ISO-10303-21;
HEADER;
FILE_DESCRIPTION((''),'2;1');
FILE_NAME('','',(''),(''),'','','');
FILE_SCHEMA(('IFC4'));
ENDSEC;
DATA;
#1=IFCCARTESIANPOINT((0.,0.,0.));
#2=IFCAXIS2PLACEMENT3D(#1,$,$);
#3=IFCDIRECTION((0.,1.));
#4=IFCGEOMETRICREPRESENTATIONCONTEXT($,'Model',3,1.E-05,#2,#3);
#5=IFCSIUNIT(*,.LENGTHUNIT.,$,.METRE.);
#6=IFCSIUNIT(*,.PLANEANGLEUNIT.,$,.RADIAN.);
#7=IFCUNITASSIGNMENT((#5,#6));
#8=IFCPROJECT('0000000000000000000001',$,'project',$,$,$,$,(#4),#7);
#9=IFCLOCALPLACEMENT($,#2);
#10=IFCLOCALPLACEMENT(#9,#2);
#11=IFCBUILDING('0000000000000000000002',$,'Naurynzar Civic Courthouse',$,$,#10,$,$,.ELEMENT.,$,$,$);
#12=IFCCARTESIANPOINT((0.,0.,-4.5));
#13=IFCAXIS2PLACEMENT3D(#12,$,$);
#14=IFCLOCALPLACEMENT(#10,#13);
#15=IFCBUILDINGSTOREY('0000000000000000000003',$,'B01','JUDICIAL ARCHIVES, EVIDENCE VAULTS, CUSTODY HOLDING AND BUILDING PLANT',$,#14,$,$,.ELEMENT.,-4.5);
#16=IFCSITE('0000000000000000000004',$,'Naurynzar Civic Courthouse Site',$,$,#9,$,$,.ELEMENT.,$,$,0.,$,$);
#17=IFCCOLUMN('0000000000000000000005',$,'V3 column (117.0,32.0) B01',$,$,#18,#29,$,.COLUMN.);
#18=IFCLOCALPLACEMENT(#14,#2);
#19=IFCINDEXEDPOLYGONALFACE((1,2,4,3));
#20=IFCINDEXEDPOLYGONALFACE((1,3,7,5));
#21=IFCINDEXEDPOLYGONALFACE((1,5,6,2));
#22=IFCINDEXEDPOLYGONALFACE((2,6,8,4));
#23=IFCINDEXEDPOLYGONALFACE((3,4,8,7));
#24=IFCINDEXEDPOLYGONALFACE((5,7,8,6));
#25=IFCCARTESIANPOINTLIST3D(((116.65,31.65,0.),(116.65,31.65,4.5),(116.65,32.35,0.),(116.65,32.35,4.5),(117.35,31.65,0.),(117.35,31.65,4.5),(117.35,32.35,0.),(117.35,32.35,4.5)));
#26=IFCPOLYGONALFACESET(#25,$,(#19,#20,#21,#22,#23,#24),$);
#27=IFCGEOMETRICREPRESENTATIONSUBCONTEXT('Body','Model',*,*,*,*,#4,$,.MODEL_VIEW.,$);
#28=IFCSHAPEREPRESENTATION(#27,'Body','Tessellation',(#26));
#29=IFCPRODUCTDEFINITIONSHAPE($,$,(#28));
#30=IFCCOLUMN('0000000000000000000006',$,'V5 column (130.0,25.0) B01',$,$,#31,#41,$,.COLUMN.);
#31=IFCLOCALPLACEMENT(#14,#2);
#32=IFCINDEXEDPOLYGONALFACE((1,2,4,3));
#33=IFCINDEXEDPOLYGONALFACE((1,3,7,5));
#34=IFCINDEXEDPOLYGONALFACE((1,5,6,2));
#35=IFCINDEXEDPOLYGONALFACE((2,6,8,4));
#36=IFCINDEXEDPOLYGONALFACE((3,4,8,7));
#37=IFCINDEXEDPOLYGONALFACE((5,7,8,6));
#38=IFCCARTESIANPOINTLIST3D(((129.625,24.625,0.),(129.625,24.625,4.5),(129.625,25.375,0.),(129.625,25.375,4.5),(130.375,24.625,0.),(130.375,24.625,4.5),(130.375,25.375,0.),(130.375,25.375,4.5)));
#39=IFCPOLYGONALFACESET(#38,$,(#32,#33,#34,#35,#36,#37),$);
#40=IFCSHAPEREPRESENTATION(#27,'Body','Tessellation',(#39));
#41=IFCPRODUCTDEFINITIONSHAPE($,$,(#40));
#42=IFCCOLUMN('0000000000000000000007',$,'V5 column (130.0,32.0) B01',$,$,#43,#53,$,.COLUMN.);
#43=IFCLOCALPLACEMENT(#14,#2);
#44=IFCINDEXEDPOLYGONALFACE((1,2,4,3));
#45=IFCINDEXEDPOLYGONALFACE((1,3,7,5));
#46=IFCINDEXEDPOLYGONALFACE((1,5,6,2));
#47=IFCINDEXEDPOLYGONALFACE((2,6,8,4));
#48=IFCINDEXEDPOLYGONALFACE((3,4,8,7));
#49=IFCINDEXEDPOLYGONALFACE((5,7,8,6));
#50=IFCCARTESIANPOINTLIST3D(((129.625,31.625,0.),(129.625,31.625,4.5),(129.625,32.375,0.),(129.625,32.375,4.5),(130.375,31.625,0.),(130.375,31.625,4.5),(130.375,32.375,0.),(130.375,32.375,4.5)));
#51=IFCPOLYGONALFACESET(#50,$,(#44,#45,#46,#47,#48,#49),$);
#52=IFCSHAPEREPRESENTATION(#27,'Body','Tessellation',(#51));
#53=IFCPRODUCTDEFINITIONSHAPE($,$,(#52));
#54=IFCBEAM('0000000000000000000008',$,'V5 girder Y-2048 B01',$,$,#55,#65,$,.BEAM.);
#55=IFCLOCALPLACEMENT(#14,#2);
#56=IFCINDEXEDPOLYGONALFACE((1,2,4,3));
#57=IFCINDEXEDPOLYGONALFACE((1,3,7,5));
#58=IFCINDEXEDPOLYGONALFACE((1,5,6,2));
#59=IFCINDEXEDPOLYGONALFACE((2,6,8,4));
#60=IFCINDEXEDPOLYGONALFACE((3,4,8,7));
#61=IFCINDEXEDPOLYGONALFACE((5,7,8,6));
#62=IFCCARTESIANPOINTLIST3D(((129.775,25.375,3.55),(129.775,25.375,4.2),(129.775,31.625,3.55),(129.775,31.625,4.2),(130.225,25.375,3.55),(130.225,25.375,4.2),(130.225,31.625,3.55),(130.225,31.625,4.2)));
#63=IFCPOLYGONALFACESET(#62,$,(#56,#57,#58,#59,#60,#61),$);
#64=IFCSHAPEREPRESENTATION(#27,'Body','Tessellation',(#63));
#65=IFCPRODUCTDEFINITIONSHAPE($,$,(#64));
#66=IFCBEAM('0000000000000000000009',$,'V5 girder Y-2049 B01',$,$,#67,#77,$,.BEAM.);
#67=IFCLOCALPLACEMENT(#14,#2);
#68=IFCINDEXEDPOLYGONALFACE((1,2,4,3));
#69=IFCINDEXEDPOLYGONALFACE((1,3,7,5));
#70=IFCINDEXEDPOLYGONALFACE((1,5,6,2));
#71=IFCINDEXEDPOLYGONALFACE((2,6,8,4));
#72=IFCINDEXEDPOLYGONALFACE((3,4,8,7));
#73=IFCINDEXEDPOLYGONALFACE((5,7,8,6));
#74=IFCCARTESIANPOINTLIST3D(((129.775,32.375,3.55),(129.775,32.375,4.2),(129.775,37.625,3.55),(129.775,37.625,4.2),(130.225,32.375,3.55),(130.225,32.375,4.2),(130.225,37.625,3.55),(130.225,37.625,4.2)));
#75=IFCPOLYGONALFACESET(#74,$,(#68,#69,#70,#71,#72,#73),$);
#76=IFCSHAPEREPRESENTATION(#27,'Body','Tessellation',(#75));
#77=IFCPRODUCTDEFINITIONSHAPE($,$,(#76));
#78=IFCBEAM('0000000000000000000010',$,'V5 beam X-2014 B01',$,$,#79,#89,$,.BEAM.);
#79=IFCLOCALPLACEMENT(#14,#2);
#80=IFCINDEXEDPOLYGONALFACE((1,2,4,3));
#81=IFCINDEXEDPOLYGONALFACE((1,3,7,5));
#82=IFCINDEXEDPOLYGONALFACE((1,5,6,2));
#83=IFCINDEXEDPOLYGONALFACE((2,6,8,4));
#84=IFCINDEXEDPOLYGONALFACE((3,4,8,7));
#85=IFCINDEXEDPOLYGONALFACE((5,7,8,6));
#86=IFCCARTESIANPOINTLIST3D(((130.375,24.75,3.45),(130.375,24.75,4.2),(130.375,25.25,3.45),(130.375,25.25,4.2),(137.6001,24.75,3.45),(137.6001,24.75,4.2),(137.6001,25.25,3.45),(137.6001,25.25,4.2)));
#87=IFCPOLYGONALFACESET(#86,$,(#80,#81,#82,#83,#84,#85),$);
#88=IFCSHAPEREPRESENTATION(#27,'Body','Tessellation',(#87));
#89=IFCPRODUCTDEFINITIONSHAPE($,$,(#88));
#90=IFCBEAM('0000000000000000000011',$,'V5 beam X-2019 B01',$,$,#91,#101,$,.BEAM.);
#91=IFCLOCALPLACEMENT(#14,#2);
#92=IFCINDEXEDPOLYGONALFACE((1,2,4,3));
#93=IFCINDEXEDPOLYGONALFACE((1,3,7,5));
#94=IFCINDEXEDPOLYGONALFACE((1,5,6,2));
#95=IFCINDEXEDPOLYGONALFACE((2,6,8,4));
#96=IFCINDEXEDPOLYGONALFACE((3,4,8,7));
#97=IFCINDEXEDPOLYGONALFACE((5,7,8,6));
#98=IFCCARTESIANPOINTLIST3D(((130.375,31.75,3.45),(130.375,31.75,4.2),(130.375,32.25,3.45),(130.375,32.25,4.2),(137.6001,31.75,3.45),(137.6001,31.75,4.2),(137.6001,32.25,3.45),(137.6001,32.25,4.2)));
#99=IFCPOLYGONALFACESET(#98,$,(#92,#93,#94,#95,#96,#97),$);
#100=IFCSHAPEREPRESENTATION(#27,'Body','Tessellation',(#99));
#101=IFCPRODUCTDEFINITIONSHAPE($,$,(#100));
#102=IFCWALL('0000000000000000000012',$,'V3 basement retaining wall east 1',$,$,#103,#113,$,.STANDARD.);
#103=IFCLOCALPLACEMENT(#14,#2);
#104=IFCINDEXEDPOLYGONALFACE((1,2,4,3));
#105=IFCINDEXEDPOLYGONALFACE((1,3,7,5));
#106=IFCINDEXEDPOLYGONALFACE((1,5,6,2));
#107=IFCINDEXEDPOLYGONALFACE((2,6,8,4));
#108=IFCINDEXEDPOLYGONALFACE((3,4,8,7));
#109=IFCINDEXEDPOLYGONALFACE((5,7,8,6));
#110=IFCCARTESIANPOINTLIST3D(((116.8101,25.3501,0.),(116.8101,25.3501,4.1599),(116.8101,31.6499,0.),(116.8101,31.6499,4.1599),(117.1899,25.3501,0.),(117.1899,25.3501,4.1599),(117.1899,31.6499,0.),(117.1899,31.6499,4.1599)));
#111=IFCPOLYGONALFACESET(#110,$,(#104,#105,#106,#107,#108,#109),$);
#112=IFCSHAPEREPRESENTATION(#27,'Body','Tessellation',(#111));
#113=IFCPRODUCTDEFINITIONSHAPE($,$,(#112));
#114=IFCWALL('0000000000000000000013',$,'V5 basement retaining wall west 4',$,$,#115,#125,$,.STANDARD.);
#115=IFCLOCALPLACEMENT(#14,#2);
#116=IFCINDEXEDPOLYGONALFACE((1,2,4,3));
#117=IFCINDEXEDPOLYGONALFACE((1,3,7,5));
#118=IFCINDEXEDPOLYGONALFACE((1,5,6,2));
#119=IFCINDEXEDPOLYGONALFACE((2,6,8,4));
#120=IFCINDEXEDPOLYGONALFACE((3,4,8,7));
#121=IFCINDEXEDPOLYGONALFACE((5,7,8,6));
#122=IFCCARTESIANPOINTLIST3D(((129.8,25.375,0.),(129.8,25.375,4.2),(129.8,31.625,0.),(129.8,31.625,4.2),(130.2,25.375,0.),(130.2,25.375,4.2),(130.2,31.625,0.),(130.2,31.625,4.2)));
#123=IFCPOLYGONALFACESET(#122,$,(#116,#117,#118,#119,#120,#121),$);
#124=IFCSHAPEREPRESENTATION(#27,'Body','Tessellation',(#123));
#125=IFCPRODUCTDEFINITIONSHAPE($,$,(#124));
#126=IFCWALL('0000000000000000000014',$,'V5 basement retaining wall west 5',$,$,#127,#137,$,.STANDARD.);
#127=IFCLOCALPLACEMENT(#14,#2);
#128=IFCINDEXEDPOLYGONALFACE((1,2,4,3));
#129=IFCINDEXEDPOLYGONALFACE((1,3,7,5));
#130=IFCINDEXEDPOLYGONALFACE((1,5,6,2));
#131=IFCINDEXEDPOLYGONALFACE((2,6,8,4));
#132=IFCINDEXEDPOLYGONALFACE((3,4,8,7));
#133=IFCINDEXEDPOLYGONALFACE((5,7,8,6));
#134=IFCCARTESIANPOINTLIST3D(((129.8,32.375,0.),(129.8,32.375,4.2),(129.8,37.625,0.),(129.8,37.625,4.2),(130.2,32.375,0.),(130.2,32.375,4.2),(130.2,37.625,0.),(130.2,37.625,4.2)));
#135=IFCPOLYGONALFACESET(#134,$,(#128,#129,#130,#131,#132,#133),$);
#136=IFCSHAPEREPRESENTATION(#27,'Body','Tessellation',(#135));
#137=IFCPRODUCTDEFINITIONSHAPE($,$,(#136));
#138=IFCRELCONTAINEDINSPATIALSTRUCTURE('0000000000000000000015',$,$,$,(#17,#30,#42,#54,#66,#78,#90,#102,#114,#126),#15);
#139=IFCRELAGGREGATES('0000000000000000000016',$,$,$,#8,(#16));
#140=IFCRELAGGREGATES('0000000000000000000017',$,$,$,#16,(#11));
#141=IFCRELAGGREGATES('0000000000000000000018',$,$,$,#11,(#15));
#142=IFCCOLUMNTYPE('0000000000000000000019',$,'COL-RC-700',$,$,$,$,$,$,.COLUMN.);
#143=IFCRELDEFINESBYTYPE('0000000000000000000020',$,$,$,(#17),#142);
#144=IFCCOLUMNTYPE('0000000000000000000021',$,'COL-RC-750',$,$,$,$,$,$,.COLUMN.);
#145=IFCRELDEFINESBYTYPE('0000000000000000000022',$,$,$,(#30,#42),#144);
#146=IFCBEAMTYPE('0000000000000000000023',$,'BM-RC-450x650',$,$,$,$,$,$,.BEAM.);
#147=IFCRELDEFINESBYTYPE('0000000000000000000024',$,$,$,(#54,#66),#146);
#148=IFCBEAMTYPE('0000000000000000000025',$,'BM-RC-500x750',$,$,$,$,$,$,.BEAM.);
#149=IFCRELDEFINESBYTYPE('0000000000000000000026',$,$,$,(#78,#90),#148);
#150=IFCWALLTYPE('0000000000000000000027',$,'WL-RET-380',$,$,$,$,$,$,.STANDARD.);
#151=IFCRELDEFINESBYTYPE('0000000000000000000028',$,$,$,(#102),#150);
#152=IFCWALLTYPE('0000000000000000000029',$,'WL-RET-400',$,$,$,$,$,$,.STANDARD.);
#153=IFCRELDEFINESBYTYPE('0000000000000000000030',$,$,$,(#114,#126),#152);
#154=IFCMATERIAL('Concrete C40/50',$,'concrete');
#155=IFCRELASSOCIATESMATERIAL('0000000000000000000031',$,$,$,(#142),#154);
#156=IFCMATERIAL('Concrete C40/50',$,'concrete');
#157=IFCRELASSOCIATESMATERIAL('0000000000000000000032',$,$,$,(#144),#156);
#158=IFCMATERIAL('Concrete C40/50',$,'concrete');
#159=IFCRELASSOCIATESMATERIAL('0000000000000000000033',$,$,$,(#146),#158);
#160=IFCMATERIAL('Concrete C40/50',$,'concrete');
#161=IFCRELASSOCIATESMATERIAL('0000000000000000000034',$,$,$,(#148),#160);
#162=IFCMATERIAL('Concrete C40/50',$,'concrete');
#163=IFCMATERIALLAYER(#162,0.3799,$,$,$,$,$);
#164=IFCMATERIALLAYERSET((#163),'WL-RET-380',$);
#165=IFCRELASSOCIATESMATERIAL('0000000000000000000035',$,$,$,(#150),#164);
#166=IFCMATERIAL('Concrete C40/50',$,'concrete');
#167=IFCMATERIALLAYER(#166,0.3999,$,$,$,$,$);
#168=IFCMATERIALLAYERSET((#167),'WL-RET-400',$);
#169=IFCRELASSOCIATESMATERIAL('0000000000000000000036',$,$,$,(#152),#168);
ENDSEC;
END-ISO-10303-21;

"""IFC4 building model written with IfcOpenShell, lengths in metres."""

from ifc_helpers import new_model, si_unit, direction, frame, frame_2d, origin, origin_2d, place, context, subcontext, project, spatial, rectangle, extrude, material, layer, layer_set, material_profile, profile_set, type_object, element, save


model = new_model("IFC4")

# Units and contexts
model_context = context("Model", 3, precision=1e-05, world=origin(), true_north=direction((0.0, 1.0)))
body_context = subcontext(model_context, "Body", "Model", "MODEL_VIEW")
ifc_project = project(units=[si_unit("LENGTHUNIT", "METRE"), si_unit("PLANEANGLEUNIT", "RADIAN")], contexts=[model_context])

# Site, building, storey
site_placement = place(None, origin())
site = spatial("IfcSite", under=ifc_project, at=site_placement, Name="Naurynzar Civic Courthouse Site", CompositionType="ELEMENT", RefElevation=0.0)
building_placement = place(site_placement, origin())
building = spatial("IfcBuilding", under=site, at=building_placement, Name="Naurynzar Civic Courthouse", CompositionType="ELEMENT")
storey_placement = place(building_placement, frame((0.0, 0.0, -4.5)))
storey = spatial("IfcBuildingStorey", under=building, at=storey_placement, Name="B01", Description="JUDICIAL ARCHIVES, EVIDENCE VAULTS, CUSTODY HOLDING AND BUILDING PLANT", CompositionType="ELEMENT", Elevation=-4.5)

# Columns
ifc_material_1 = material(Name="Concrete C40/50", Category="concrete")
ifc_material_profile_1 = material_profile(ifc_material_1, rectangle(XDim=0.7, YDim=0.7, at=origin_2d()), Name="RC 700x700")
ifc_profile_set_1 = profile_set([ifc_material_profile_1], Name="Concrete C40/50")
column_type_1 = type_object("IfcColumnType", Name="COL-RC-700", PredefinedType="COLUMN", material=ifc_profile_set_1)
column_placement = place(storey_placement, frame((117.0, 32.0, 0.0), z_axis=(0.0, 0.0, 1.0), x_axis=(1.0, 0.0, 0.0)))
element("IfcColumn", 1, at=column_placement, inside=storey, type_object=column_type_1, Name="V3 column (117.0,32.0) B01", PredefinedType="COLUMN", context=body_context, shape_type="SweptSolid", body=[
    extrude(rectangle(XDim=0.7, YDim=0.7, at=origin_2d()), origin(), (0.0, 0.0, 1.0), 4.5),
])
ifc_material_2 = material(Name="Concrete C40/50", Category="concrete")
ifc_material_profile_2 = material_profile(ifc_material_2, rectangle(XDim=0.75, YDim=0.75, at=origin_2d()), Name="RC 750x750")
ifc_profile_set_2 = profile_set([ifc_material_profile_2], Name="Concrete C40/50")
column_type_2 = type_object("IfcColumnType", Name="COL-RC-750", PredefinedType="COLUMN", material=ifc_profile_set_2)
for number, where, z_axis, x_axis, name in (
    (2, (130.0, 25.0, 0.0), (0.0, 0.0, 1.0), (1.0, 0.0, 0.0), "V5 column (130.0,25.0) B01"),
    (3, (130.0, 32.0, 0.0), (0.0, 0.0, 1.0), (1.0, 0.0, 0.0), "V5 column (130.0,32.0) B01"),
):
    element("IfcColumn", number, at=place(storey_placement, frame(where, z_axis=z_axis, x_axis=x_axis)), inside=storey, type_object=column_type_2, Name=name, PredefinedType="COLUMN", context=body_context, shape_type="SweptSolid", body=[
        extrude(rectangle(XDim=0.75, YDim=0.75, at=origin_2d()), origin(), (0.0, 0.0, 1.0), 4.5),
    ])

# Beams
ifc_material_3 = material(Name="Concrete C40/50", Category="concrete")
ifc_material_profile_3 = material_profile(ifc_material_3, rectangle(XDim=0.45, YDim=0.6499, at=origin_2d()), Name="RCB 450x650")
ifc_profile_set_3 = profile_set([ifc_material_profile_3], Name="Concrete C40/50")
beam_type_1 = type_object("IfcBeamType", Name="BM-RC-450x650", PredefinedType="BEAM", material=ifc_profile_set_3)
beam_1_placement = place(storey_placement, frame((130.0, 25.375, 3.875), z_axis=(0.0, 1.0, 0.0), x_axis=(-1.0, 0.0, 0.0)))
element("IfcBeam", 4, at=beam_1_placement, inside=storey, type_object=beam_type_1, Name="V5 girder Y-2048 B01", PredefinedType="BEAM", context=body_context, shape_type="SweptSolid", body=[
    extrude(rectangle(XDim=0.45, YDim=0.6499, at=origin_2d()), origin(), (0.0, 0.0, 1.0), 6.25),
])
beam_2_placement = place(storey_placement, frame((130.0, 32.375, 3.875), z_axis=(0.0, 1.0, 0.0), x_axis=(-1.0, 0.0, 0.0)))
element("IfcBeam", 5, at=beam_2_placement, inside=storey, type_object=beam_type_1, Name="V5 girder Y-2049 B01", PredefinedType="BEAM", context=body_context, shape_type="SweptSolid", body=[
    extrude(rectangle(XDim=0.45, YDim=0.6499, at=origin_2d()), origin(), (0.0, 0.0, 1.0), 5.25),
])
ifc_material_4 = material(Name="Concrete C40/50", Category="concrete")
ifc_material_profile_4 = material_profile(ifc_material_4, rectangle(XDim=0.5, YDim=0.75, at=origin_2d()), Name="RCB 500x750")
ifc_profile_set_4 = profile_set([ifc_material_profile_4], Name="Concrete C40/50")
beam_type_2 = type_object("IfcBeamType", Name="BM-RC-500x750", PredefinedType="BEAM", material=ifc_profile_set_4)
for number, where, z_axis, x_axis, name in (
    (6, (130.375, 25.0, 3.825), (1.0, 0.0, 0.0), (0.0, 1.0, 0.0), "V5 beam X-2014 B01"),
    (7, (130.375, 32.0, 3.825), (1.0, 0.0, 0.0), (0.0, 1.0, 0.0), "V5 beam X-2019 B01"),
):
    element("IfcBeam", number, at=place(storey_placement, frame(where, z_axis=z_axis, x_axis=x_axis)), inside=storey, type_object=beam_type_2, Name=name, PredefinedType="BEAM", context=body_context, shape_type="SweptSolid", body=[
        extrude(rectangle(XDim=0.5, YDim=0.75, at=origin_2d()), origin(), (0.0, 0.0, 1.0), 7.2251),
    ])

# Walls
ifc_material_5 = material(Name="Concrete C40/50", Category="concrete")
ifc_layer_1 = layer(ifc_material_5, 0.3799)
ifc_layer_set_1 = layer_set([ifc_layer_1], Name="WL-RET-380")
wall_type_1 = type_object("IfcWallType", Name="WL-RET-380", PredefinedType="STANDARD", material=ifc_layer_set_1)
wall_1_placement = place(storey_placement, frame((117.0, 31.6499, 0.0), z_axis=(0.0, 0.0, 1.0), x_axis=(0.0, -1.0, 0.0)))
element("IfcWall", 8, at=wall_1_placement, inside=storey, type_object=wall_type_1, Name="V3 basement retaining wall east 1", PredefinedType="STANDARD", context=body_context, shape_type="SweptSolid", body=[
    extrude(rectangle(XDim=6.2998, YDim=0.3799, at=frame_2d((3.1499, 0.0))), origin(), (0.0, 0.0, 1.0), 4.1599),
])
ifc_material_6 = material(Name="Concrete C40/50", Category="concrete")
ifc_layer_2 = layer(ifc_material_6, 0.3999)
ifc_layer_set_2 = layer_set([ifc_layer_2], Name="WL-RET-400")
wall_type_2 = type_object("IfcWallType", Name="WL-RET-400", PredefinedType="STANDARD", material=ifc_layer_set_2)
wall_2_placement = place(storey_placement, frame((130.0, 25.375, 0.0), z_axis=(0.0, 0.0, 1.0), x_axis=(0.0, 1.0, 0.0)))
element("IfcWall", 9, at=wall_2_placement, inside=storey, type_object=wall_type_2, Name="V5 basement retaining wall west 4", PredefinedType="STANDARD", context=body_context, shape_type="SweptSolid", body=[
    extrude(rectangle(XDim=6.25, YDim=0.3999, at=frame_2d((3.125, 0.0))), origin(), (0.0, 0.0, 1.0), 4.2),
])
wall_3_placement = place(storey_placement, frame((130.0, 32.375, 0.0), z_axis=(0.0, 0.0, 1.0), x_axis=(0.0, 1.0, 0.0)))
element("IfcWall", 10, at=wall_3_placement, inside=storey, type_object=wall_type_2, Name="V5 basement retaining wall west 5", PredefinedType="STANDARD", context=body_context, shape_type="SweptSolid", body=[
    extrude(rectangle(XDim=5.25, YDim=0.3999, at=frame_2d((2.625, 0.0))), origin(), (0.0, 0.0, 1.0), 4.2),
])

save(model, "model.ifc")
